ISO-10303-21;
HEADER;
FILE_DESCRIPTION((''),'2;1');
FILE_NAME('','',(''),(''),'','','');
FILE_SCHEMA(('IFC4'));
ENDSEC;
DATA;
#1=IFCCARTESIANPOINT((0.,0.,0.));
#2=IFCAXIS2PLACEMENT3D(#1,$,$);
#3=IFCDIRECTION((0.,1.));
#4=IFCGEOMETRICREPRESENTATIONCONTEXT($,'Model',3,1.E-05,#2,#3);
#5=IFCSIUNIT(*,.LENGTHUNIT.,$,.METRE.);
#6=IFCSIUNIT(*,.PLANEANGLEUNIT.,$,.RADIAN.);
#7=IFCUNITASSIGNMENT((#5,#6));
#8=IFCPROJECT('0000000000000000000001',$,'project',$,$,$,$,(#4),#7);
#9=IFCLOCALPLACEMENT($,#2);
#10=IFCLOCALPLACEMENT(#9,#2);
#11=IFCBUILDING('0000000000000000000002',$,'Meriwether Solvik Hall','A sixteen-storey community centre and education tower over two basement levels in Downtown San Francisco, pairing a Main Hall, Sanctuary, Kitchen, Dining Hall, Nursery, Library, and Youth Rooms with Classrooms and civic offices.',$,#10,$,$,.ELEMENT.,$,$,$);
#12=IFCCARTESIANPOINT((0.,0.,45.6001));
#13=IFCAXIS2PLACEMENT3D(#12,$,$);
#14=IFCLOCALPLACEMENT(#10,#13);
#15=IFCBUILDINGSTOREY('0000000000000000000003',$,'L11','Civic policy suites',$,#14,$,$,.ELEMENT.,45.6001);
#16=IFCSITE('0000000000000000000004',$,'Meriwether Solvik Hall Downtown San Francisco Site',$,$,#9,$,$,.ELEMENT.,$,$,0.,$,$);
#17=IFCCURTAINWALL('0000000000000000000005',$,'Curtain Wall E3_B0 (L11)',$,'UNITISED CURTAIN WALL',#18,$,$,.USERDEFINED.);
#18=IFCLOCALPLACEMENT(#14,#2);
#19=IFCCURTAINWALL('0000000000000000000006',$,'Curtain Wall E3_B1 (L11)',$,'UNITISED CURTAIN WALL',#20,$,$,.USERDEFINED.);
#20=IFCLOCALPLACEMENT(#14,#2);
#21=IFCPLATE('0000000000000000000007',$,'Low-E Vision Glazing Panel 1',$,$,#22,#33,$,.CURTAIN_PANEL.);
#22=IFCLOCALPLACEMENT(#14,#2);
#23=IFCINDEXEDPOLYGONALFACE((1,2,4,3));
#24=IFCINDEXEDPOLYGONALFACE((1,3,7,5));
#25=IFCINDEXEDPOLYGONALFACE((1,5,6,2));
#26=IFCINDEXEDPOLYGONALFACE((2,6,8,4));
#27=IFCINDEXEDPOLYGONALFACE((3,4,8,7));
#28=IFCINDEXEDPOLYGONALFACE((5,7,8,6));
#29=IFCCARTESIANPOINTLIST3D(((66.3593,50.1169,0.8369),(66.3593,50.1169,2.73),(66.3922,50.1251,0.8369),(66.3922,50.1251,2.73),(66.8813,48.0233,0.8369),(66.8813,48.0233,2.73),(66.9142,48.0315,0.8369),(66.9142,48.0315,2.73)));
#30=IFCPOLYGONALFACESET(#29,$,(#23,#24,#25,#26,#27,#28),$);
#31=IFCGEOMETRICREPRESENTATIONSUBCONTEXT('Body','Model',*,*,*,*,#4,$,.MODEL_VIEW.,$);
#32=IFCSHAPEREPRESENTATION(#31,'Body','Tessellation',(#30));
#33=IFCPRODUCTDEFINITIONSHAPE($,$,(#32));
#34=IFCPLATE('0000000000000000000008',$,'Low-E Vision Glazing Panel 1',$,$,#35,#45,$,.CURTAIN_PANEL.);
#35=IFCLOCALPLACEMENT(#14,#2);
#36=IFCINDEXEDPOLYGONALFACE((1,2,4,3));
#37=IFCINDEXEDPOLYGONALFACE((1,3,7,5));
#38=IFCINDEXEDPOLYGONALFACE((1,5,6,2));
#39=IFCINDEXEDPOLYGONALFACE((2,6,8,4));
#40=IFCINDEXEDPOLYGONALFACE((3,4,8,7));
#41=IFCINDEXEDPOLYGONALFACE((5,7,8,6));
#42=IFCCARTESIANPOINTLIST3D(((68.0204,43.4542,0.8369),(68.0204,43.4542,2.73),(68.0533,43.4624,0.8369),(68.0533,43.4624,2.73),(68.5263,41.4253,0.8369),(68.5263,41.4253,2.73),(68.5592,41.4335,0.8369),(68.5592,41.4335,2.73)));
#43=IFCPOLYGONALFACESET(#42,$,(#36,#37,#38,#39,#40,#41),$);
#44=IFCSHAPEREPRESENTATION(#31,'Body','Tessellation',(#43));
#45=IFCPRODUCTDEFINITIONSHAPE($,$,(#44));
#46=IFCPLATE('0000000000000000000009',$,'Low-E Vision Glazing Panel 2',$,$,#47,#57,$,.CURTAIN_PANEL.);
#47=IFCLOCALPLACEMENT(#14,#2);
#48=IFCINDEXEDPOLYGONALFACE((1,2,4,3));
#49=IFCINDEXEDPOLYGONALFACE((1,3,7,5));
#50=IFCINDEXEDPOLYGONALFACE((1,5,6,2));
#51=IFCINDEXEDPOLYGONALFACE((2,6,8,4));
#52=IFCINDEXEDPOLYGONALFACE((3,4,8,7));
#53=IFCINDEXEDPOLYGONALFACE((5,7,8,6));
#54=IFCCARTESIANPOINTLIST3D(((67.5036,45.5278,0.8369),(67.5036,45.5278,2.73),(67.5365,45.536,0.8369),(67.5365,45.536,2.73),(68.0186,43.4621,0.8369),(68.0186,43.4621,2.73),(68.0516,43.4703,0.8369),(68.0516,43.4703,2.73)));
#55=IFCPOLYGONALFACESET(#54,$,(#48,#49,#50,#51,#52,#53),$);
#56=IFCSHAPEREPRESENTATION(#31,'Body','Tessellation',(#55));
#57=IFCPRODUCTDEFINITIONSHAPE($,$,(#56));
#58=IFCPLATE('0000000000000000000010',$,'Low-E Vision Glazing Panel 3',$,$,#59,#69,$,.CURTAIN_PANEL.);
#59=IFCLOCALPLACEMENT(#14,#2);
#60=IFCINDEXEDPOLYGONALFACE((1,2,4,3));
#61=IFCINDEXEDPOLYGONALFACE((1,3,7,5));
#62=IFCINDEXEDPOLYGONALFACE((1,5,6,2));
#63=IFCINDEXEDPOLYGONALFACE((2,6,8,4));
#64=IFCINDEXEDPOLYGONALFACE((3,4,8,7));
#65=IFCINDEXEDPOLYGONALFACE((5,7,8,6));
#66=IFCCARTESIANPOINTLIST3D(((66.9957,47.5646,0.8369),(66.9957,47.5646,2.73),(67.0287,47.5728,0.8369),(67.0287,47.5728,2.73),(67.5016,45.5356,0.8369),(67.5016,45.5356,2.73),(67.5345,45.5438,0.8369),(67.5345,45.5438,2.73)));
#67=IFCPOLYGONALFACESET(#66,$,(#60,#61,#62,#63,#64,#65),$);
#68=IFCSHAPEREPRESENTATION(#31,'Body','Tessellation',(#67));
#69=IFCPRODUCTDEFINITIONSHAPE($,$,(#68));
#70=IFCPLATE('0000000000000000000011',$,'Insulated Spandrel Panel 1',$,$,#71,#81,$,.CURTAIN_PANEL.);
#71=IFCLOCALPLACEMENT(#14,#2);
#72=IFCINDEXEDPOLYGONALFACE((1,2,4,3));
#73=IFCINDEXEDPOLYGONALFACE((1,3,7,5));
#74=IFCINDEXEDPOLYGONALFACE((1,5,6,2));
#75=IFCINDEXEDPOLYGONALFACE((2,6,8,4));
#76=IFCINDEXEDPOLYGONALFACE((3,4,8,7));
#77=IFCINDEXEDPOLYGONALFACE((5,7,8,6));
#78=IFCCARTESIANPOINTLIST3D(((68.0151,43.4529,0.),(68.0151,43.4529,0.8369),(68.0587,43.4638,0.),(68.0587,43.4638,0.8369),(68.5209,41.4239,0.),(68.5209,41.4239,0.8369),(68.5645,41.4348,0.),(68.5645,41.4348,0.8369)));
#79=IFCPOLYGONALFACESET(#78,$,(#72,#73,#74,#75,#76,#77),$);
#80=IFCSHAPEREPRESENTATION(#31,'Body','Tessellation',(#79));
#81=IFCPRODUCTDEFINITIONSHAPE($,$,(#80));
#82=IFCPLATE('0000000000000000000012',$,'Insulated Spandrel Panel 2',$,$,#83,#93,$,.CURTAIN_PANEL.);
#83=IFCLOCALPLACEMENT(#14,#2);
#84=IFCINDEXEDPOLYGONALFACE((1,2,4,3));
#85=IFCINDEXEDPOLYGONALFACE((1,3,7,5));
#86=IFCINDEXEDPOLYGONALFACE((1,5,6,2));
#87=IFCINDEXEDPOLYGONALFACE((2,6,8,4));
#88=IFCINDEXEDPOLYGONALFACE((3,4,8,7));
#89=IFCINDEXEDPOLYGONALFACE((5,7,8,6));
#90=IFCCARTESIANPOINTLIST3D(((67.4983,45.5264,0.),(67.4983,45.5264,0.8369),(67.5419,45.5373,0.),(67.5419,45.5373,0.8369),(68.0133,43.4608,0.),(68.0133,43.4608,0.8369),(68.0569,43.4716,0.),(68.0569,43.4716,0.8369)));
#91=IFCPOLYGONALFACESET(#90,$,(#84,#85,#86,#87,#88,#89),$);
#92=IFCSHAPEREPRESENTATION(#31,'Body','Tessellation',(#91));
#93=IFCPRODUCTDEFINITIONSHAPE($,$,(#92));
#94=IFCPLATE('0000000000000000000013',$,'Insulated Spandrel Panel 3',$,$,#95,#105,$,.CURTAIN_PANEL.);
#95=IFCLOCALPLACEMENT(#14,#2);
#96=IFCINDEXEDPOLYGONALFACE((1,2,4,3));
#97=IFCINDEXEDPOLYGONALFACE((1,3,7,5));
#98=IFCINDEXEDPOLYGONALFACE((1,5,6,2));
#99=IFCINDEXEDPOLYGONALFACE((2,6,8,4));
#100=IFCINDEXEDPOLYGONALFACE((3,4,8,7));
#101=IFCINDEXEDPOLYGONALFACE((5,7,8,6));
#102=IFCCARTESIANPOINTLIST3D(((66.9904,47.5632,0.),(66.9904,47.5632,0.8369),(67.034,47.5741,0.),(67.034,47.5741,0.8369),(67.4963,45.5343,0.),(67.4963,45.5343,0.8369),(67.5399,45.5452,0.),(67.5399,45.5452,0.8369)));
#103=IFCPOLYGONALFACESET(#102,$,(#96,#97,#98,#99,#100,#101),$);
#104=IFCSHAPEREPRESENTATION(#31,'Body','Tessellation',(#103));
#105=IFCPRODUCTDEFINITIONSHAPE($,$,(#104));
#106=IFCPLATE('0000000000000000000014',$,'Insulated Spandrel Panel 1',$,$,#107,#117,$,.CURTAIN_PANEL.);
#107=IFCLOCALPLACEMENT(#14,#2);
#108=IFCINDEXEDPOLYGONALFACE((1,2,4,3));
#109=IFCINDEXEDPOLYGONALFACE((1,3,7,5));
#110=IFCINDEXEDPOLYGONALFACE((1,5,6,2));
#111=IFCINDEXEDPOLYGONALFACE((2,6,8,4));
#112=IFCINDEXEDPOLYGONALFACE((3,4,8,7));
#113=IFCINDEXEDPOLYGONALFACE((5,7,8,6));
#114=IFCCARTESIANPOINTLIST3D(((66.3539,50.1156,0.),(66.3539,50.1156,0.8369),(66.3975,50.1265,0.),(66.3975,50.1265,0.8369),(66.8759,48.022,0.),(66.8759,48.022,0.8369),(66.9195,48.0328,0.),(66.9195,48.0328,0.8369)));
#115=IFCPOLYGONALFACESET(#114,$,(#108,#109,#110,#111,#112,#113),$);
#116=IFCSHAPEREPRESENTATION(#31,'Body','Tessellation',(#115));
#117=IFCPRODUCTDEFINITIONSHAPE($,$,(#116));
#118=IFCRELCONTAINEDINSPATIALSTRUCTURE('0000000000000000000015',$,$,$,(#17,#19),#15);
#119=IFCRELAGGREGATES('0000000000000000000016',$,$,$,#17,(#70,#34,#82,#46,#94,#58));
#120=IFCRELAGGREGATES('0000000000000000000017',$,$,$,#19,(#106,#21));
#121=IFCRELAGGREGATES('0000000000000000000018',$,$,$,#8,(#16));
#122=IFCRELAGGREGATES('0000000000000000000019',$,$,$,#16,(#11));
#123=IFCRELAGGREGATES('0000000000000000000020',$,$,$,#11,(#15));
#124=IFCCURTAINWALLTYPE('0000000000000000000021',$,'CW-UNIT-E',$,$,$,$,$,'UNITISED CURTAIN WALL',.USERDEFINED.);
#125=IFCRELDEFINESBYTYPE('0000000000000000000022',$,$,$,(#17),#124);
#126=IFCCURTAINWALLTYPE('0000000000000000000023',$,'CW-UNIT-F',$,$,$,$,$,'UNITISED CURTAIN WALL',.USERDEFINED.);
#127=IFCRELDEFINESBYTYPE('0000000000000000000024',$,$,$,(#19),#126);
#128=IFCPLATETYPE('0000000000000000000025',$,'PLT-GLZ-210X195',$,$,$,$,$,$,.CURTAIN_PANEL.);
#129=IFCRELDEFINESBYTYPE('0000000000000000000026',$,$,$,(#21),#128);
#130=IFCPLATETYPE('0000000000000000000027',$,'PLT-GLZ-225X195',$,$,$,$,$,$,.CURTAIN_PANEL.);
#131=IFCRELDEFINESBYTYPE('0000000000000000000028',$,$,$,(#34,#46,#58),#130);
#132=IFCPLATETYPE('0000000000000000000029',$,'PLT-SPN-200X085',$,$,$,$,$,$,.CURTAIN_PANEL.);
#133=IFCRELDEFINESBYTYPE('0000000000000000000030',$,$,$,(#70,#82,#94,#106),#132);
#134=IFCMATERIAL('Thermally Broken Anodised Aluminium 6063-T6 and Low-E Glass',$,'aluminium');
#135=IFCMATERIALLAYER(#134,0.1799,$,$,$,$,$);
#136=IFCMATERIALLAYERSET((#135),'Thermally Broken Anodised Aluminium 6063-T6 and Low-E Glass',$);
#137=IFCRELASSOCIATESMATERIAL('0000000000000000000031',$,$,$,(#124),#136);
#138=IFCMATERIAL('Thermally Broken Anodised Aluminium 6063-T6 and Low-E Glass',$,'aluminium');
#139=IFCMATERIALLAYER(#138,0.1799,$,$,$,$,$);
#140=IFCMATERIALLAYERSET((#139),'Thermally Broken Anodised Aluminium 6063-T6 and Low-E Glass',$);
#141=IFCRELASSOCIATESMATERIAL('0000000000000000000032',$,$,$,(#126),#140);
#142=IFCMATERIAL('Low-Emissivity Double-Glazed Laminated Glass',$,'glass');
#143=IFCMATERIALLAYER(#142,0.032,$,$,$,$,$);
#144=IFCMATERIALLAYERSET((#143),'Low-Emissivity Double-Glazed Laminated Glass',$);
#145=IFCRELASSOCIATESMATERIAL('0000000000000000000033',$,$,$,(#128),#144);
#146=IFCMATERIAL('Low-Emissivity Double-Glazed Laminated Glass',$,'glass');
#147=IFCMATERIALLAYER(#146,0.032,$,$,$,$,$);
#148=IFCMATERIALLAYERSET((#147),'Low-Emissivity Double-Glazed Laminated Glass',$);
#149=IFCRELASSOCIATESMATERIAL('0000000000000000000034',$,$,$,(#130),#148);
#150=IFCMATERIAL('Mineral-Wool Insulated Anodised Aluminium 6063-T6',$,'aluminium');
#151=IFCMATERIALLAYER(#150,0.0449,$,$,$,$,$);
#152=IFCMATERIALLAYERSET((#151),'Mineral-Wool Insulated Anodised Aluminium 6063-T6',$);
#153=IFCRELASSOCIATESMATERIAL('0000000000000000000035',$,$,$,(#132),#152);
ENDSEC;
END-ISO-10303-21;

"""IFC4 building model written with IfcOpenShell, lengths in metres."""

from ifc_helpers import new_model, si_unit, direction, frame, origin, origin_2d, place, context, subcontext, project, spatial, rectangle, extrude, material, layer, layer_set, type_object, element, aggregate, save


model = new_model("IFC4")

# Units and contexts
model_context = context("Model", 3, precision=1e-05, world=origin(), true_north=direction((0.0, 1.0)))
body_context = subcontext(model_context, "Body", "Model", "MODEL_VIEW")
ifc_project = project(units=[si_unit("LENGTHUNIT", "METRE"), si_unit("PLANEANGLEUNIT", "RADIAN")], contexts=[model_context])

# Site, building, storey
site_placement = place(None, origin())
site = spatial("IfcSite", under=ifc_project, at=site_placement, Name="Meriwether Solvik Hall Downtown San Francisco Site", CompositionType="ELEMENT", RefElevation=0.0)
building_placement = place(site_placement, origin())
building = spatial("IfcBuilding", under=site, at=building_placement, Name="Meriwether Solvik Hall", Description="A sixteen-storey community centre and education tower over two basement levels in Downtown San Francisco, pairing a Main Hall, Sanctuary, Kitchen, Dining Hall, Nursery, Library, and Youth Rooms with Classrooms and civic offices.", CompositionType="ELEMENT")
storey_placement = place(building_placement, frame((0.0, 0.0, 45.6001)))
storey = spatial("IfcBuildingStorey", under=building, at=storey_placement, Name="L11", Description="Civic policy suites", CompositionType="ELEMENT", Elevation=45.6001)

# Curtain wall
ifc_material_1 = material(Name="Thermally Broken Anodised Aluminium 6063-T6 and Low-E Glass", Category="aluminium")
ifc_layer_1 = layer(ifc_material_1, 0.1799)
ifc_layer_set_1 = layer_set([ifc_layer_1], Name="Thermally Broken Anodised Aluminium 6063-T6 and Low-E Glass")
curtain_wall_type_1 = type_object("IfcCurtainWallType", Name="CW-UNIT-E", ElementType="UNITISED CURTAIN WALL", PredefinedType="USERDEFINED", material=ifc_layer_set_1)
curtain_wall_1_placement = place(storey_placement, origin())
curtain_wall_1 = element("IfcCurtainWall", 1, at=curtain_wall_1_placement, inside=storey, type_object=curtain_wall_type_1, Name="Curtain Wall E3_B0 (L11)", ObjectType="UNITISED CURTAIN WALL", PredefinedType="USERDEFINED")

# Curtain wall
ifc_material_2 = material(Name="Thermally Broken Anodised Aluminium 6063-T6 and Low-E Glass", Category="aluminium")
ifc_layer_2 = layer(ifc_material_2, 0.1799)
ifc_layer_set_2 = layer_set([ifc_layer_2], Name="Thermally Broken Anodised Aluminium 6063-T6 and Low-E Glass")
curtain_wall_type_2 = type_object("IfcCurtainWallType", Name="CW-UNIT-F", ElementType="UNITISED CURTAIN WALL", PredefinedType="USERDEFINED", material=ifc_layer_set_2)
curtain_wall_2_placement = place(storey_placement, origin())
curtain_wall_2 = element("IfcCurtainWall", 2, at=curtain_wall_2_placement, inside=storey, type_object=curtain_wall_type_2, Name="Curtain Wall E3_B1 (L11)", ObjectType="UNITISED CURTAIN WALL", PredefinedType="USERDEFINED")

# Plates
ifc_material_3 = material(Name="Low-Emissivity Double-Glazed Laminated Glass", Category="glass")
ifc_layer_3 = layer(ifc_material_3, 0.032)
ifc_layer_set_3 = layer_set([ifc_layer_3], Name="Low-Emissivity Double-Glazed Laminated Glass")
plate_type_1 = type_object("IfcPlateType", Name="PLT-GLZ-210X195", PredefinedType="CURTAIN_PANEL", material=ifc_layer_set_3)
plate_1_placement = place(storey_placement, frame((66.6367, 49.0742, 0.8369), z_axis=(0.0, 0.0, 1.0), x_axis=(-0.241922, 0.970296, 0.0)))
plate_1 = element("IfcPlate", 3, at=plate_1_placement, type_object=plate_type_1, Name="Low-E Vision Glazing Panel 1", PredefinedType="CURTAIN_PANEL", context=body_context, shape_type="SweptSolid", body=[
    extrude(rectangle(XDim=2.1577, YDim=0.0339, at=origin_2d()), origin(), (0.0, 0.0, 1.0), 1.8931),
])
ifc_material_4 = material(Name="Low-Emissivity Double-Glazed Laminated Glass", Category="glass")
ifc_layer_4 = layer(ifc_material_4, 0.032)
ifc_layer_set_4 = layer_set([ifc_layer_4], Name="Low-Emissivity Double-Glazed Laminated Glass")
plate_type_2 = type_object("IfcPlateType", Name="PLT-GLZ-225X195", PredefinedType="CURTAIN_PANEL", material=ifc_layer_set_4)
plate_2_placement = place(storey_placement, frame((68.2898, 42.4438, 0.8369), z_axis=(0.0, 0.0, 1.0), x_axis=(-0.241922, 0.970296, 0.0)))
plate_2 = element("IfcPlate", 4, at=plate_2_placement, type_object=plate_type_2, Name="Low-E Vision Glazing Panel 1", PredefinedType="CURTAIN_PANEL", context=body_context, shape_type="SweptSolid", body=[
    extrude(rectangle(XDim=2.0911, YDim=0.0339, at=origin_2d()), origin(), (0.0, 0.0, 1.0), 1.8931),
])
plate_3_placement = place(storey_placement, frame((67.7776, 44.499, 0.8369), z_axis=(0.0, 0.0, 1.0), x_axis=(-0.241922, 0.970296, 0.0)))
plate_3 = element("IfcPlate", 5, at=plate_3_placement, type_object=plate_type_2, Name="Low-E Vision Glazing Panel 2", PredefinedType="CURTAIN_PANEL", context=body_context, shape_type="SweptSolid", body=[
    extrude(rectangle(XDim=2.1289, YDim=0.0339, at=origin_2d()), origin(), (0.0, 0.0, 1.0), 1.8931),
])
plate_4_placement = place(storey_placement, frame((67.2651, 46.5542, 0.8369), z_axis=(0.0, 0.0, 1.0), x_axis=(-0.241922, 0.970296, 0.0)))
plate_4 = element("IfcPlate", 6, at=plate_4_placement, type_object=plate_type_2, Name="Low-E Vision Glazing Panel 3", PredefinedType="CURTAIN_PANEL", context=body_context, shape_type="SweptSolid", body=[
    extrude(rectangle(XDim=2.0911, YDim=0.0339, at=origin_2d()), origin(), (0.0, 0.0, 1.0), 1.8931),
])
ifc_material_5 = material(Name="Mineral-Wool Insulated Anodised Aluminium 6063-T6", Category="aluminium")
ifc_layer_5 = layer(ifc_material_5, 0.0449)
ifc_layer_set_5 = layer_set([ifc_layer_5], Name="Mineral-Wool Insulated Anodised Aluminium 6063-T6")
plate_type_3 = type_object("IfcPlateType", Name="PLT-SPN-200X085", PredefinedType="CURTAIN_PANEL", material=ifc_layer_set_5)
plate_5_placement = place(storey_placement, frame((68.2898, 42.4438, 0.0), z_axis=(0.0, 0.0, 1.0), x_axis=(-0.241922, 0.970296, 0.0)))
plate_5 = element("IfcPlate", 7, at=plate_5_placement, type_object=plate_type_3, Name="Insulated Spandrel Panel 1", PredefinedType="CURTAIN_PANEL", context=body_context, shape_type="SweptSolid", body=[
    extrude(rectangle(XDim=2.0911, YDim=0.0449, at=origin_2d()), origin(), (0.0, 0.0, 1.0), 0.8369),
])
plate_6_placement = place(storey_placement, frame((67.7776, 44.499, 0.0), z_axis=(0.0, 0.0, 1.0), x_axis=(-0.241922, 0.970296, 0.0)))
plate_6 = element("IfcPlate", 8, at=plate_6_placement, type_object=plate_type_3, Name="Insulated Spandrel Panel 2", PredefinedType="CURTAIN_PANEL", context=body_context, shape_type="SweptSolid", body=[
    extrude(rectangle(XDim=2.1289, YDim=0.0449, at=origin_2d()), origin(), (0.0, 0.0, 1.0), 0.8369),
])
plate_7_placement = place(storey_placement, frame((67.2651, 46.5542, 0.0), z_axis=(0.0, 0.0, 1.0), x_axis=(-0.241922, 0.970296, 0.0)))
plate_7 = element("IfcPlate", 9, at=plate_7_placement, type_object=plate_type_3, Name="Insulated Spandrel Panel 3", PredefinedType="CURTAIN_PANEL", context=body_context, shape_type="SweptSolid", body=[
    extrude(rectangle(XDim=2.0911, YDim=0.0449, at=origin_2d()), origin(), (0.0, 0.0, 1.0), 0.8369),
])
aggregate(curtain_wall_1, [plate_5, plate_2, plate_6, plate_3, plate_7, plate_4])
plate_8_placement = place(storey_placement, frame((66.6367, 49.0742, 0.0), z_axis=(0.0, 0.0, 1.0), x_axis=(-0.241922, 0.970296, 0.0)))
plate_8 = element("IfcPlate", 10, at=plate_8_placement, type_object=plate_type_3, Name="Insulated Spandrel Panel 1", PredefinedType="CURTAIN_PANEL", context=body_context, shape_type="SweptSolid", body=[
    extrude(rectangle(XDim=2.1577, YDim=0.0449, at=origin_2d()), origin(), (0.0, 0.0, 1.0), 0.8369),
])
aggregate(curtain_wall_2, [plate_8, plate_1])

save(model, "model.ifc")
